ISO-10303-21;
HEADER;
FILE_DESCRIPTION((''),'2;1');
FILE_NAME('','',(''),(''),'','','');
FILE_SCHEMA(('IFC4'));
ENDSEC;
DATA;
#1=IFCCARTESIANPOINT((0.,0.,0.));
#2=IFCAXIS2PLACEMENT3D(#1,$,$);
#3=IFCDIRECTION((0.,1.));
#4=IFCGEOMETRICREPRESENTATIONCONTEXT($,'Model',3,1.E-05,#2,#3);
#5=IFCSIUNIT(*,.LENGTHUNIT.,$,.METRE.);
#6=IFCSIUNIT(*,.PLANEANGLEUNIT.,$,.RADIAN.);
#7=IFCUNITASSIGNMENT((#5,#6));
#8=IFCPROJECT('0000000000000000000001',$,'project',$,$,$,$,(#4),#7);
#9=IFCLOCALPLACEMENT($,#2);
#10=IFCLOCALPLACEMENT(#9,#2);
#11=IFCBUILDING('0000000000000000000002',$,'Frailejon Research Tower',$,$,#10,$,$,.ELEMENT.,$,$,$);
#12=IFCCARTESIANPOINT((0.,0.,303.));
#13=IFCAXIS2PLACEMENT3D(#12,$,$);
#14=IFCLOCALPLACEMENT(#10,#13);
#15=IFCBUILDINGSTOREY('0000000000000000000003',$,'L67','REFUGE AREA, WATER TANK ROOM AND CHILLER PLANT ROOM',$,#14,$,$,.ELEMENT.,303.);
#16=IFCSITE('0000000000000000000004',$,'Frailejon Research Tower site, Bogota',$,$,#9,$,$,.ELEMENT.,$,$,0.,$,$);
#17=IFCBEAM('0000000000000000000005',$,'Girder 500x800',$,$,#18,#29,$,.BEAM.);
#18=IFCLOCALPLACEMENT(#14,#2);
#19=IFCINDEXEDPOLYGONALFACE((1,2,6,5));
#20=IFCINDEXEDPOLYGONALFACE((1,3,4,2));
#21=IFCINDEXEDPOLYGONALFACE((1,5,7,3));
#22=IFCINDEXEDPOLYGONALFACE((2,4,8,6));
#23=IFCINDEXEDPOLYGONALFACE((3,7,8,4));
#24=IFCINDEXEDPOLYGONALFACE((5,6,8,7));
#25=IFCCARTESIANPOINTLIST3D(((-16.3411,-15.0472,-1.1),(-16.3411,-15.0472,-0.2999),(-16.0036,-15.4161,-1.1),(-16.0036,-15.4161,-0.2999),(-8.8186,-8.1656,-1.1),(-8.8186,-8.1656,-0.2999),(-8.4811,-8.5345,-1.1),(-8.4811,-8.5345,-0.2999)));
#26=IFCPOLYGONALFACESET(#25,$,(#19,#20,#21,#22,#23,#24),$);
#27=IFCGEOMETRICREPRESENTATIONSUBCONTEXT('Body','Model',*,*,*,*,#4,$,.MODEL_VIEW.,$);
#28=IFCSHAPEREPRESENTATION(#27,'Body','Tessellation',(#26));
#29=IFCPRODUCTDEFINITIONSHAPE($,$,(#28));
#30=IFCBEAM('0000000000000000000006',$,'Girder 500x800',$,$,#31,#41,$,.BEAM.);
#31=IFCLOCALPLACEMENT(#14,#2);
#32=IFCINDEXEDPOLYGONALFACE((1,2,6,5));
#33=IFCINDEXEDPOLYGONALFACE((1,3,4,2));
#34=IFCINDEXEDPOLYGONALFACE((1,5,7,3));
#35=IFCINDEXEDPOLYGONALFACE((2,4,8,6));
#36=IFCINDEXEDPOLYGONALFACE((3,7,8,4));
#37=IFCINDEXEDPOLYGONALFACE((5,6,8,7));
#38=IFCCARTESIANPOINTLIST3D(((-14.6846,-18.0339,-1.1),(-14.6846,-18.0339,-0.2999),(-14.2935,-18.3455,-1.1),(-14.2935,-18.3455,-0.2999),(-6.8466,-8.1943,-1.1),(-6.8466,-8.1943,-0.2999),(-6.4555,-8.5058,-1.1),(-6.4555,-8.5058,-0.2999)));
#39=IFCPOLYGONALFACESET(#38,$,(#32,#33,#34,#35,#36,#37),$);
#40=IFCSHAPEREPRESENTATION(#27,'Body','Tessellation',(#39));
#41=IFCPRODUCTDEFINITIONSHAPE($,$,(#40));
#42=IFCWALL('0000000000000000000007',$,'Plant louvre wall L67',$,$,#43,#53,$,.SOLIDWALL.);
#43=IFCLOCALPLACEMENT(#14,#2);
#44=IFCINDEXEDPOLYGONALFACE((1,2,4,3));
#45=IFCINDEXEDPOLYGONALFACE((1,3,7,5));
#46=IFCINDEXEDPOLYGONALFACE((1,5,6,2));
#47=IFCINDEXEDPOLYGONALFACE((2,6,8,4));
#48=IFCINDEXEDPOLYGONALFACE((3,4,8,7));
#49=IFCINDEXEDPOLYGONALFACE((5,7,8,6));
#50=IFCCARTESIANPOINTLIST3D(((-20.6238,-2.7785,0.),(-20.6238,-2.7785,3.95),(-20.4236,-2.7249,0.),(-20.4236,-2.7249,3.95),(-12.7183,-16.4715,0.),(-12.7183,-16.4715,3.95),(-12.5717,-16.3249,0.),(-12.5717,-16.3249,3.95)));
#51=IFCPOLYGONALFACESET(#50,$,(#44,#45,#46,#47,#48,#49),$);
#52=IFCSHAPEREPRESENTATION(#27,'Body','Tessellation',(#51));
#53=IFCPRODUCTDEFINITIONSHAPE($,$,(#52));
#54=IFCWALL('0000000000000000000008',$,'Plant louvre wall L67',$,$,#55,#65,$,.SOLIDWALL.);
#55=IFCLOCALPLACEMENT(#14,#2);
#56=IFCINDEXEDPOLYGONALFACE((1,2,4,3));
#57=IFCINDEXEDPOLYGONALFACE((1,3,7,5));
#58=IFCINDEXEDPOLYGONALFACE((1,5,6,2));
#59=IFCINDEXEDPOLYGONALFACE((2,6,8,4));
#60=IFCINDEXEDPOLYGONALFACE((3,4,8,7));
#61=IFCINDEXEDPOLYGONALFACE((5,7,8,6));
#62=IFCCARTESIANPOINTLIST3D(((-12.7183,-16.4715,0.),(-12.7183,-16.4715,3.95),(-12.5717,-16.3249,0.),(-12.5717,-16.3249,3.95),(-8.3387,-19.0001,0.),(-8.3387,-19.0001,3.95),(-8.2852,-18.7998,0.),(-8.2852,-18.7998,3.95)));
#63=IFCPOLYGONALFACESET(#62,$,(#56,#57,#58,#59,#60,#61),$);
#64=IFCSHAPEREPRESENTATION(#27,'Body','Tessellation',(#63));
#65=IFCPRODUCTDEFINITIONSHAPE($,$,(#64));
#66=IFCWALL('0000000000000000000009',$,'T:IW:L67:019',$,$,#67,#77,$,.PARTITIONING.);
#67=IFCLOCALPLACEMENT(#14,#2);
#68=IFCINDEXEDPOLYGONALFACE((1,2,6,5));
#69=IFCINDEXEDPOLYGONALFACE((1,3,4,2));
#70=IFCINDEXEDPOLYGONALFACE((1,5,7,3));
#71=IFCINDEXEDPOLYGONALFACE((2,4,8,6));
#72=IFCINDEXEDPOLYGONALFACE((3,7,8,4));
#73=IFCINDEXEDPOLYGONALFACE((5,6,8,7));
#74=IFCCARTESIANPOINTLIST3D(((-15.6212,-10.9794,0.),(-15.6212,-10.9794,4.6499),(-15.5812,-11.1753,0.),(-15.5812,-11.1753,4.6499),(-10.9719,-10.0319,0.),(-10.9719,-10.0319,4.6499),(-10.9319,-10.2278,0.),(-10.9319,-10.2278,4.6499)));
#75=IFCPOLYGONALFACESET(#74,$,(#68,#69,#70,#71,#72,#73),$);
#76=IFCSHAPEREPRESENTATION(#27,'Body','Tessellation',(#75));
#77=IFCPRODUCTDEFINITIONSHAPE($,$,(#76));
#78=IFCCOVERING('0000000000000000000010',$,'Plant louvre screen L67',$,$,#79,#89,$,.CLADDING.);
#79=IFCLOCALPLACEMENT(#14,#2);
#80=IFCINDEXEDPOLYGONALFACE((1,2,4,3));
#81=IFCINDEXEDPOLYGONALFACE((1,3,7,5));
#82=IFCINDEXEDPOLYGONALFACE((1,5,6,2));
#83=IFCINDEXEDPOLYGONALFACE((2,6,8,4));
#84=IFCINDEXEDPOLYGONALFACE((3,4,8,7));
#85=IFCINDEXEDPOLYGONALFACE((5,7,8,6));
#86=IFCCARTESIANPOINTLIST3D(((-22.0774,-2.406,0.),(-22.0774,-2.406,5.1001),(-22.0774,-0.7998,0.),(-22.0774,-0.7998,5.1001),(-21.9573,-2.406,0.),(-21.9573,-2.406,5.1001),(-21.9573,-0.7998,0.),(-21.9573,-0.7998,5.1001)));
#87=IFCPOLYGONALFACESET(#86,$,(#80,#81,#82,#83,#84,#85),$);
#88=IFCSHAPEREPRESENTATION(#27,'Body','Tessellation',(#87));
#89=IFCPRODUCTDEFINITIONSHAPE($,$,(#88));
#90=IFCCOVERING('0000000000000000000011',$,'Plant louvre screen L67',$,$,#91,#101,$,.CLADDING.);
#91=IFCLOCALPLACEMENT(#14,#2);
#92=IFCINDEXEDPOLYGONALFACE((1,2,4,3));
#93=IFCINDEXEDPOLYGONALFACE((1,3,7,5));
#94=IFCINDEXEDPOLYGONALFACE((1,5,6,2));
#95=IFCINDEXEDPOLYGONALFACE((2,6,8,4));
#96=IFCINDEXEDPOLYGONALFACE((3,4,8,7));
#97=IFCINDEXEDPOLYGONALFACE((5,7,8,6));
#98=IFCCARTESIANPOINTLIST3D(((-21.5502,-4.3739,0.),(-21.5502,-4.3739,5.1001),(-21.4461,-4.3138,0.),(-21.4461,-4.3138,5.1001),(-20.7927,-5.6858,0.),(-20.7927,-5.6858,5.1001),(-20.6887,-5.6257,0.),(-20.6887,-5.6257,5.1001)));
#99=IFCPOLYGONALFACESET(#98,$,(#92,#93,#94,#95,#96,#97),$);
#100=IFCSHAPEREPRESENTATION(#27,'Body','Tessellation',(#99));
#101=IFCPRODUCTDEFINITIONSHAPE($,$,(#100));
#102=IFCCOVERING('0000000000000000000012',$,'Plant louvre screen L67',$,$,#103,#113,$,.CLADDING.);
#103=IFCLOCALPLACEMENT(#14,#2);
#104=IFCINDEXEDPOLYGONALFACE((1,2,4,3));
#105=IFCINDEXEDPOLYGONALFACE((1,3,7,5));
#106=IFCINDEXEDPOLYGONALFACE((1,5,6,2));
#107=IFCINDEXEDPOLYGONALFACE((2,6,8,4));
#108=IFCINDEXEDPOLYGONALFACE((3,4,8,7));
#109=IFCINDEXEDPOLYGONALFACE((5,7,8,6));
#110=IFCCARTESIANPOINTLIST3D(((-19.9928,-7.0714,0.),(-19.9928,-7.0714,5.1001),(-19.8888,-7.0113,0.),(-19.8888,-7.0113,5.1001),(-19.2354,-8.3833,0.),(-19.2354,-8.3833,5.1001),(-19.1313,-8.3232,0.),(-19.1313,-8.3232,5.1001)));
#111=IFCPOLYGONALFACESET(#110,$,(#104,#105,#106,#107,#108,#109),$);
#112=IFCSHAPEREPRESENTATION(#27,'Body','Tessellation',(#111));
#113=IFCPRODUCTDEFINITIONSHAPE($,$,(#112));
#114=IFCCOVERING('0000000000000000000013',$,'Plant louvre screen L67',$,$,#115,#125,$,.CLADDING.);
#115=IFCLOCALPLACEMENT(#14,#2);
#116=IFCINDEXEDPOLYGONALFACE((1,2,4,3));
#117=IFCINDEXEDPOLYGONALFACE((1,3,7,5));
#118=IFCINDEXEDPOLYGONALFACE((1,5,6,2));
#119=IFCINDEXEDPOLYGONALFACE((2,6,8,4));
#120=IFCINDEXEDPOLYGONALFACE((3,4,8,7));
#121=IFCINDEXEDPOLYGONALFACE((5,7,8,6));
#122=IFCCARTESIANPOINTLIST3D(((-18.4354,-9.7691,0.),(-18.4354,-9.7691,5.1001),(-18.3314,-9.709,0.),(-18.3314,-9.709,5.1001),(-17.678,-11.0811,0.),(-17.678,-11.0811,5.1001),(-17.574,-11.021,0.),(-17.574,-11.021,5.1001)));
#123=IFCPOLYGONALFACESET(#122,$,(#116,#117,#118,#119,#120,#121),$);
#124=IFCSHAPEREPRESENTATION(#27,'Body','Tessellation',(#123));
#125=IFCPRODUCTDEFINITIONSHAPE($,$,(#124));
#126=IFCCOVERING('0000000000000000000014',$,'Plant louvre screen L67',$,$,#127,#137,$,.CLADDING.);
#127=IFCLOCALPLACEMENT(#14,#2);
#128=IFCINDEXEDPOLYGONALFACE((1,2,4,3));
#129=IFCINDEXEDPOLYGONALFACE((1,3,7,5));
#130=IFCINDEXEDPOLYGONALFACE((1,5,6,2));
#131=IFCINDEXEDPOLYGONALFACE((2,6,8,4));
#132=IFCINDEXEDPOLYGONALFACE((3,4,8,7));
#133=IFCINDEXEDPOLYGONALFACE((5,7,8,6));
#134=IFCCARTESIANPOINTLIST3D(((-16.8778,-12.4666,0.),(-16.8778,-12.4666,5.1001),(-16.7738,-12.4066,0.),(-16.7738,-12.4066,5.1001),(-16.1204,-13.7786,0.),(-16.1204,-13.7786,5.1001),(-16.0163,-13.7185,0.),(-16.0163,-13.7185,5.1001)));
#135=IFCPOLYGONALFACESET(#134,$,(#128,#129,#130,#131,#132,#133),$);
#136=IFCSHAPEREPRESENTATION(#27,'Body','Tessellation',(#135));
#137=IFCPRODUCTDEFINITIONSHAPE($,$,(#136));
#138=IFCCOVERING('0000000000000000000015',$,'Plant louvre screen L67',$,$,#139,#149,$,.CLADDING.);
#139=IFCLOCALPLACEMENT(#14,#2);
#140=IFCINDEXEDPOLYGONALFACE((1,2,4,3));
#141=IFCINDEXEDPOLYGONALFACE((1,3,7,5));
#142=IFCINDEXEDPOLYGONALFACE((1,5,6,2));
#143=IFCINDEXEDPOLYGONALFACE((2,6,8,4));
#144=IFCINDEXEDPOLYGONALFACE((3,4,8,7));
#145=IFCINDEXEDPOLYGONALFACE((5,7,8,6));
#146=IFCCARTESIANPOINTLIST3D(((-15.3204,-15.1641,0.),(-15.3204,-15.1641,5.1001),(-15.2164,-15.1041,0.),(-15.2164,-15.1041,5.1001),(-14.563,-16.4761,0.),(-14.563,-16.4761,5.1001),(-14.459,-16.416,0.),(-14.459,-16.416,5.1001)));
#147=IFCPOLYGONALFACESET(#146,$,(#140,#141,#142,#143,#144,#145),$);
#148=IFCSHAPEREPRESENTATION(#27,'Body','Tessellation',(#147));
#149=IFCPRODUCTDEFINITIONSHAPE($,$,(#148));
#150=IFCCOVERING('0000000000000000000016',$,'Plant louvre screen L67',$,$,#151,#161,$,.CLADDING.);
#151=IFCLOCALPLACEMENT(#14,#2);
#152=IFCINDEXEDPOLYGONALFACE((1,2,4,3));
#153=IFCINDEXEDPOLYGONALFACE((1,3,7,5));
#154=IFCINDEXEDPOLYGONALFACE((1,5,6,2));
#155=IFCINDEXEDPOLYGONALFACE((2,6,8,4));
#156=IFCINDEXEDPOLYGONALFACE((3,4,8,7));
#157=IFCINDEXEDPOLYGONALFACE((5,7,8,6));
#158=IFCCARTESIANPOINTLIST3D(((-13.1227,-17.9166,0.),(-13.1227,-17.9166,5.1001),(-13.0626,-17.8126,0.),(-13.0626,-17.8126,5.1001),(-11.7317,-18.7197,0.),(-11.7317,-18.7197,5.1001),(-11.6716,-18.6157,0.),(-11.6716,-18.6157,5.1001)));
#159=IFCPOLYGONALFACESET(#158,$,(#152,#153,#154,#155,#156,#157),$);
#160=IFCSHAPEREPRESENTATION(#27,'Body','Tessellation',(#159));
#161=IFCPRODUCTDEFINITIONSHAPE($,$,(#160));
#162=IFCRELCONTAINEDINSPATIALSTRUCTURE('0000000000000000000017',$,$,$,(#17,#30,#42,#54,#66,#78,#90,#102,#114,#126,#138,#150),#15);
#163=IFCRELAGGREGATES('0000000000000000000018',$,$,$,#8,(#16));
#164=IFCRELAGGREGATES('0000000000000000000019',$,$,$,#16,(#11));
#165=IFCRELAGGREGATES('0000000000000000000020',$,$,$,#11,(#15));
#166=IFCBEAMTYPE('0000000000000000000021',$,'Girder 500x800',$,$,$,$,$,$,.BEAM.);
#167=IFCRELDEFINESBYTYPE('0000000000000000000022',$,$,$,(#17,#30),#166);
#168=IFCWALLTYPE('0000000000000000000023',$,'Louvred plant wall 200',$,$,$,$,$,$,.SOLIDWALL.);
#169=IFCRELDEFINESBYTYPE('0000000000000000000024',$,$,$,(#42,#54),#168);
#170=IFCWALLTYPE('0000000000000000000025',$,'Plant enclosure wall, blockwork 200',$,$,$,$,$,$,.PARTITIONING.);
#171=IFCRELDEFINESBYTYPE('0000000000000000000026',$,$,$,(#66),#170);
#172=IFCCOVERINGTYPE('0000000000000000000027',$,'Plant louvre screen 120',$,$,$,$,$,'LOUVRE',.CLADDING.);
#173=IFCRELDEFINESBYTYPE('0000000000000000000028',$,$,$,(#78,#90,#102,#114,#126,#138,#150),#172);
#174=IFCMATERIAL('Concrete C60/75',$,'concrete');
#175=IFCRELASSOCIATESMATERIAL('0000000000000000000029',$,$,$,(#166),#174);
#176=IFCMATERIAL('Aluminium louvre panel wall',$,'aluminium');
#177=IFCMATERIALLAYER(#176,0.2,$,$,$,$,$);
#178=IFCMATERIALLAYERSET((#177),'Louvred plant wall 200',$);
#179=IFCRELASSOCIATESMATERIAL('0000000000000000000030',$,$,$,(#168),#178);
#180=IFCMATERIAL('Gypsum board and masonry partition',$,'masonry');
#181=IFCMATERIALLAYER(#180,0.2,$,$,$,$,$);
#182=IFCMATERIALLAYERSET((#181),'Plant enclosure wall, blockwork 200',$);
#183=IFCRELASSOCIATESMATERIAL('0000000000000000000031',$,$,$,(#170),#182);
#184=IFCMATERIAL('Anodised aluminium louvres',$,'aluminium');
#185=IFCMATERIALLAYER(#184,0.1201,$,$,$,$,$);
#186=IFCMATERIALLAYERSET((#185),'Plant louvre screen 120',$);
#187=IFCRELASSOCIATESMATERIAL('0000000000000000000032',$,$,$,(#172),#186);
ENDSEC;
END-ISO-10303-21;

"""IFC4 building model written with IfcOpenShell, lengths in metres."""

from ifc_helpers import new_model, si_unit, direction, frame, frame_2d, origin, origin_2d, place, context, subcontext, project, spatial, polyline, rectangle, outline, extrude, material, layer, layer_set, material_profile, profile_set, type_object, element, save


model = new_model("IFC4")

# Units and contexts
model_context = context("Model", 3, precision=1e-05, world=origin(), true_north=direction((0.0, 1.0)))
body_context = subcontext(model_context, "Body", "Model", "MODEL_VIEW")
ifc_project = project(units=[si_unit("LENGTHUNIT", "METRE"), si_unit("PLANEANGLEUNIT", "RADIAN")], contexts=[model_context])

# Site, building, storey
site_placement = place(None, origin())
site = spatial("IfcSite", under=ifc_project, at=site_placement, Name="Frailejon Research Tower site, Bogota", CompositionType="ELEMENT", RefElevation=0.0)
building_placement = place(site_placement, origin())
building = spatial("IfcBuilding", under=site, at=building_placement, Name="Frailejon Research Tower", CompositionType="ELEMENT")
storey_placement = place(building_placement, frame((0.0, 0.0, 303.0)))
storey = spatial("IfcBuildingStorey", under=building, at=storey_placement, Name="L67", Description="REFUGE AREA, WATER TANK ROOM AND CHILLER PLANT ROOM", CompositionType="ELEMENT", Elevation=303.0)

# Beams
ifc_material_1 = material(Name="Concrete C60/75", Category="concrete")
ifc_material_profile_1 = material_profile(ifc_material_1, rectangle(XDim=0.5, YDim=0.8, at=origin_2d()), Name="Girder 500x800")
ifc_profile_set_1 = profile_set([ifc_material_profile_1], Name="Concrete C60/75")
beam_type_1 = type_object("IfcBeamType", Name="Girder 500x800", PredefinedType="BEAM", material=ifc_profile_set_1)
beam_1_placement = place(storey_placement, frame((-16.1724, -15.2317, -0.7), z_axis=(0.737838, 0.674978, 0.0), x_axis=(-0.674978, 0.737838, 0.0)))
element("IfcBeam", 1, at=beam_1_placement, inside=storey, type_object=beam_type_1, Name="Girder 500x800", PredefinedType="BEAM", context=body_context, shape_type="SweptSolid", body=[
    extrude(rectangle(XDim=0.5, YDim=0.8, at=origin_2d()), origin(), (0.0, 0.0, 1.0), 10.1953),
])
beam_2_placement = place(storey_placement, frame((-14.489, -18.1897, -0.7), z_axis=(0.623056, 0.782177, 0.0), x_axis=(-0.782177, 0.623056, 0.0)))
element("IfcBeam", 2, at=beam_2_placement, inside=storey, type_object=beam_type_1, Name="Girder 500x800", PredefinedType="BEAM", context=body_context, shape_type="SweptSolid", body=[
    extrude(rectangle(XDim=0.5, YDim=0.8, at=origin_2d()), origin(), (0.0, 0.0, 1.0), 12.5798),
])

# Walls
ifc_material_2 = material(Name="Aluminium louvre panel wall", Category="aluminium")
ifc_layer_1 = layer(ifc_material_2, 0.2)
ifc_layer_set_1 = layer_set([ifc_layer_1], Name="Louvred plant wall 200")
wall_type_1 = type_object("IfcWallType", Name="Louvred plant wall 200", PredefinedType="SOLIDWALL", material=ifc_layer_set_1)
wall_1_placement = place(storey_placement, frame((-20.5237, -2.7517, 0.0), z_axis=(0.0, 0.0, 1.0), x_axis=(0.499993, -0.866029, 0.0)))
element("IfcWall", 3, at=wall_1_placement, inside=storey, type_object=wall_type_1, Name="Plant louvre wall L67", PredefinedType="SOLIDWALL", context=body_context, shape_type="SweptSolid", body=[
    extrude(outline(polyline([(-0.0269, -0.1001), (15.7844, -0.1001), (15.7307, 0.1001), (0.0269, 0.1001), (-0.0269, -0.1001)])), origin(), (0.0, 0.0, 1.0), 3.95),
])
wall_2_placement = place(storey_placement, frame((-12.645, -16.3982, 0.0), z_axis=(0.0, 0.0, 1.0), x_axis=(0.866021, -0.500007, 0.0)))
element("IfcWall", 4, at=wall_2_placement, inside=storey, type_object=wall_type_1, Name="Plant louvre wall L67", PredefinedType="SOLIDWALL", context=body_context, shape_type="SweptSolid", body=[
    extrude(outline(polyline([(-0.0269, -0.1001), (5.0303, -0.1001), (4.9766, 0.1001), (0.0269, 0.1001), (-0.0269, -0.1001)])), origin(), (0.0, 0.0, 1.0), 3.95),
])
ifc_material_3 = material(Name="Gypsum board and masonry partition", Category="masonry")
ifc_layer_2 = layer(ifc_material_3, 0.2)
ifc_layer_set_2 = layer_set([ifc_layer_2], Name="Plant enclosure wall, blockwork 200")
wall_type_2 = type_object("IfcWallType", Name="Plant enclosure wall, blockwork 200", PredefinedType="PARTITIONING", material=ifc_layer_set_2)
wall_3_placement = place(storey_placement, frame((-15.6013, -11.0774, 0.0), z_axis=(0.0, 0.0, 1.0), x_axis=(0.97986, 0.199687, 0.0)))
element("IfcWall", 5, at=wall_3_placement, inside=storey, type_object=wall_type_2, Name="T:IW:L67:019", PredefinedType="PARTITIONING", context=body_context, shape_type="SweptSolid", body=[
    extrude(rectangle(XDim=4.7449, YDim=0.2, at=frame_2d((2.3726, 0.0))), origin(), (0.0, 0.0, 1.0), 4.6499),
])

# Coverings
ifc_material_4 = material(Name="Anodised aluminium louvres", Category="aluminium")
ifc_layer_3 = layer(ifc_material_4, 0.1201)
ifc_layer_set_3 = layer_set([ifc_layer_3], Name="Plant louvre screen 120")
covering_type = type_object("IfcCoveringType", Name="Plant louvre screen 120", ElementType="LOUVRE", PredefinedType="CLADDING", material=ifc_layer_set_3)
covering_1_placement = place(storey_placement, frame((-22.0774, -2.406, 0.0), z_axis=(0.0, 1.0, 0.0), x_axis=(-1.0, 0.0, 0.0)))
element("IfcCovering", 6, at=covering_1_placement, inside=storey, type_object=covering_type, Name="Plant louvre screen L67", PredefinedType="CLADDING", context=body_context, shape_type="SweptSolid", body=[
    extrude(outline(polyline([(-0.1201, 0.0), (0.0, 0.0), (0.0, 5.1001), (-0.1201, 5.1001), (-0.1201, 0.0)])), origin(), (0.0, 0.0, 1.0), 1.6062),
])
for number, where, z_axis, x_axis, name in (
    (7, (-20.7927, -5.6858, 0.0), (-0.499999, 0.866026, 0.0), (-0.866026, -0.499999, 0.0), "Plant louvre screen L67"),
    (8, (-19.2354, -8.3833, 0.0), (-0.50001, 0.86602, 0.0), (-0.86602, -0.50001, 0.0), "Plant louvre screen L67"),
    (9, (-17.678, -11.0811, 0.0), (-0.499986, 0.866034, 0.0), (-0.866034, -0.499986, 0.0), "Plant louvre screen L67"),
    (10, (-16.1204, -13.7786, 0.0), (-0.50001, 0.86602, 0.0), (-0.86602, -0.50001, 0.0), "Plant louvre screen L67"),
    (11, (-14.563, -16.4761, 0.0), (-0.499999, 0.866026, 0.0), (-0.866026, -0.499999, 0.0), "Plant louvre screen L67"),
):
    element("IfcCovering", number, at=place(storey_placement, frame(where, z_axis=z_axis, x_axis=x_axis)), inside=storey, type_object=covering_type, Name=name, PredefinedType="CLADDING", context=body_context, shape_type="SweptSolid", body=[
        extrude(outline(polyline([(-0.1201, 0.0), (0.0, 0.0), (0.0, 5.1001), (-0.1201, 5.1001), (-0.1201, 0.0)])), origin(), (0.0, 0.0, 1.0), 1.5149),
    ])
covering_2_placement = place(storey_placement, frame((-11.7317, -18.7197, 0.0), z_axis=(-0.866014, 0.50002, 0.0), x_axis=(-0.50002, -0.866014, 0.0)))
element("IfcCovering", 12, at=covering_2_placement, inside=storey, type_object=covering_type, Name="Plant louvre screen L67", PredefinedType="CLADDING", context=body_context, shape_type="SweptSolid", body=[
    extrude(outline(polyline([(-0.1201, 0.0), (0.0, 0.0), (0.0, 5.1001), (-0.1201, 5.1001), (-0.1201, 0.0)])), origin(), (0.0, 0.0, 1.0), 1.6062),
])

save(model, "model.ifc")
